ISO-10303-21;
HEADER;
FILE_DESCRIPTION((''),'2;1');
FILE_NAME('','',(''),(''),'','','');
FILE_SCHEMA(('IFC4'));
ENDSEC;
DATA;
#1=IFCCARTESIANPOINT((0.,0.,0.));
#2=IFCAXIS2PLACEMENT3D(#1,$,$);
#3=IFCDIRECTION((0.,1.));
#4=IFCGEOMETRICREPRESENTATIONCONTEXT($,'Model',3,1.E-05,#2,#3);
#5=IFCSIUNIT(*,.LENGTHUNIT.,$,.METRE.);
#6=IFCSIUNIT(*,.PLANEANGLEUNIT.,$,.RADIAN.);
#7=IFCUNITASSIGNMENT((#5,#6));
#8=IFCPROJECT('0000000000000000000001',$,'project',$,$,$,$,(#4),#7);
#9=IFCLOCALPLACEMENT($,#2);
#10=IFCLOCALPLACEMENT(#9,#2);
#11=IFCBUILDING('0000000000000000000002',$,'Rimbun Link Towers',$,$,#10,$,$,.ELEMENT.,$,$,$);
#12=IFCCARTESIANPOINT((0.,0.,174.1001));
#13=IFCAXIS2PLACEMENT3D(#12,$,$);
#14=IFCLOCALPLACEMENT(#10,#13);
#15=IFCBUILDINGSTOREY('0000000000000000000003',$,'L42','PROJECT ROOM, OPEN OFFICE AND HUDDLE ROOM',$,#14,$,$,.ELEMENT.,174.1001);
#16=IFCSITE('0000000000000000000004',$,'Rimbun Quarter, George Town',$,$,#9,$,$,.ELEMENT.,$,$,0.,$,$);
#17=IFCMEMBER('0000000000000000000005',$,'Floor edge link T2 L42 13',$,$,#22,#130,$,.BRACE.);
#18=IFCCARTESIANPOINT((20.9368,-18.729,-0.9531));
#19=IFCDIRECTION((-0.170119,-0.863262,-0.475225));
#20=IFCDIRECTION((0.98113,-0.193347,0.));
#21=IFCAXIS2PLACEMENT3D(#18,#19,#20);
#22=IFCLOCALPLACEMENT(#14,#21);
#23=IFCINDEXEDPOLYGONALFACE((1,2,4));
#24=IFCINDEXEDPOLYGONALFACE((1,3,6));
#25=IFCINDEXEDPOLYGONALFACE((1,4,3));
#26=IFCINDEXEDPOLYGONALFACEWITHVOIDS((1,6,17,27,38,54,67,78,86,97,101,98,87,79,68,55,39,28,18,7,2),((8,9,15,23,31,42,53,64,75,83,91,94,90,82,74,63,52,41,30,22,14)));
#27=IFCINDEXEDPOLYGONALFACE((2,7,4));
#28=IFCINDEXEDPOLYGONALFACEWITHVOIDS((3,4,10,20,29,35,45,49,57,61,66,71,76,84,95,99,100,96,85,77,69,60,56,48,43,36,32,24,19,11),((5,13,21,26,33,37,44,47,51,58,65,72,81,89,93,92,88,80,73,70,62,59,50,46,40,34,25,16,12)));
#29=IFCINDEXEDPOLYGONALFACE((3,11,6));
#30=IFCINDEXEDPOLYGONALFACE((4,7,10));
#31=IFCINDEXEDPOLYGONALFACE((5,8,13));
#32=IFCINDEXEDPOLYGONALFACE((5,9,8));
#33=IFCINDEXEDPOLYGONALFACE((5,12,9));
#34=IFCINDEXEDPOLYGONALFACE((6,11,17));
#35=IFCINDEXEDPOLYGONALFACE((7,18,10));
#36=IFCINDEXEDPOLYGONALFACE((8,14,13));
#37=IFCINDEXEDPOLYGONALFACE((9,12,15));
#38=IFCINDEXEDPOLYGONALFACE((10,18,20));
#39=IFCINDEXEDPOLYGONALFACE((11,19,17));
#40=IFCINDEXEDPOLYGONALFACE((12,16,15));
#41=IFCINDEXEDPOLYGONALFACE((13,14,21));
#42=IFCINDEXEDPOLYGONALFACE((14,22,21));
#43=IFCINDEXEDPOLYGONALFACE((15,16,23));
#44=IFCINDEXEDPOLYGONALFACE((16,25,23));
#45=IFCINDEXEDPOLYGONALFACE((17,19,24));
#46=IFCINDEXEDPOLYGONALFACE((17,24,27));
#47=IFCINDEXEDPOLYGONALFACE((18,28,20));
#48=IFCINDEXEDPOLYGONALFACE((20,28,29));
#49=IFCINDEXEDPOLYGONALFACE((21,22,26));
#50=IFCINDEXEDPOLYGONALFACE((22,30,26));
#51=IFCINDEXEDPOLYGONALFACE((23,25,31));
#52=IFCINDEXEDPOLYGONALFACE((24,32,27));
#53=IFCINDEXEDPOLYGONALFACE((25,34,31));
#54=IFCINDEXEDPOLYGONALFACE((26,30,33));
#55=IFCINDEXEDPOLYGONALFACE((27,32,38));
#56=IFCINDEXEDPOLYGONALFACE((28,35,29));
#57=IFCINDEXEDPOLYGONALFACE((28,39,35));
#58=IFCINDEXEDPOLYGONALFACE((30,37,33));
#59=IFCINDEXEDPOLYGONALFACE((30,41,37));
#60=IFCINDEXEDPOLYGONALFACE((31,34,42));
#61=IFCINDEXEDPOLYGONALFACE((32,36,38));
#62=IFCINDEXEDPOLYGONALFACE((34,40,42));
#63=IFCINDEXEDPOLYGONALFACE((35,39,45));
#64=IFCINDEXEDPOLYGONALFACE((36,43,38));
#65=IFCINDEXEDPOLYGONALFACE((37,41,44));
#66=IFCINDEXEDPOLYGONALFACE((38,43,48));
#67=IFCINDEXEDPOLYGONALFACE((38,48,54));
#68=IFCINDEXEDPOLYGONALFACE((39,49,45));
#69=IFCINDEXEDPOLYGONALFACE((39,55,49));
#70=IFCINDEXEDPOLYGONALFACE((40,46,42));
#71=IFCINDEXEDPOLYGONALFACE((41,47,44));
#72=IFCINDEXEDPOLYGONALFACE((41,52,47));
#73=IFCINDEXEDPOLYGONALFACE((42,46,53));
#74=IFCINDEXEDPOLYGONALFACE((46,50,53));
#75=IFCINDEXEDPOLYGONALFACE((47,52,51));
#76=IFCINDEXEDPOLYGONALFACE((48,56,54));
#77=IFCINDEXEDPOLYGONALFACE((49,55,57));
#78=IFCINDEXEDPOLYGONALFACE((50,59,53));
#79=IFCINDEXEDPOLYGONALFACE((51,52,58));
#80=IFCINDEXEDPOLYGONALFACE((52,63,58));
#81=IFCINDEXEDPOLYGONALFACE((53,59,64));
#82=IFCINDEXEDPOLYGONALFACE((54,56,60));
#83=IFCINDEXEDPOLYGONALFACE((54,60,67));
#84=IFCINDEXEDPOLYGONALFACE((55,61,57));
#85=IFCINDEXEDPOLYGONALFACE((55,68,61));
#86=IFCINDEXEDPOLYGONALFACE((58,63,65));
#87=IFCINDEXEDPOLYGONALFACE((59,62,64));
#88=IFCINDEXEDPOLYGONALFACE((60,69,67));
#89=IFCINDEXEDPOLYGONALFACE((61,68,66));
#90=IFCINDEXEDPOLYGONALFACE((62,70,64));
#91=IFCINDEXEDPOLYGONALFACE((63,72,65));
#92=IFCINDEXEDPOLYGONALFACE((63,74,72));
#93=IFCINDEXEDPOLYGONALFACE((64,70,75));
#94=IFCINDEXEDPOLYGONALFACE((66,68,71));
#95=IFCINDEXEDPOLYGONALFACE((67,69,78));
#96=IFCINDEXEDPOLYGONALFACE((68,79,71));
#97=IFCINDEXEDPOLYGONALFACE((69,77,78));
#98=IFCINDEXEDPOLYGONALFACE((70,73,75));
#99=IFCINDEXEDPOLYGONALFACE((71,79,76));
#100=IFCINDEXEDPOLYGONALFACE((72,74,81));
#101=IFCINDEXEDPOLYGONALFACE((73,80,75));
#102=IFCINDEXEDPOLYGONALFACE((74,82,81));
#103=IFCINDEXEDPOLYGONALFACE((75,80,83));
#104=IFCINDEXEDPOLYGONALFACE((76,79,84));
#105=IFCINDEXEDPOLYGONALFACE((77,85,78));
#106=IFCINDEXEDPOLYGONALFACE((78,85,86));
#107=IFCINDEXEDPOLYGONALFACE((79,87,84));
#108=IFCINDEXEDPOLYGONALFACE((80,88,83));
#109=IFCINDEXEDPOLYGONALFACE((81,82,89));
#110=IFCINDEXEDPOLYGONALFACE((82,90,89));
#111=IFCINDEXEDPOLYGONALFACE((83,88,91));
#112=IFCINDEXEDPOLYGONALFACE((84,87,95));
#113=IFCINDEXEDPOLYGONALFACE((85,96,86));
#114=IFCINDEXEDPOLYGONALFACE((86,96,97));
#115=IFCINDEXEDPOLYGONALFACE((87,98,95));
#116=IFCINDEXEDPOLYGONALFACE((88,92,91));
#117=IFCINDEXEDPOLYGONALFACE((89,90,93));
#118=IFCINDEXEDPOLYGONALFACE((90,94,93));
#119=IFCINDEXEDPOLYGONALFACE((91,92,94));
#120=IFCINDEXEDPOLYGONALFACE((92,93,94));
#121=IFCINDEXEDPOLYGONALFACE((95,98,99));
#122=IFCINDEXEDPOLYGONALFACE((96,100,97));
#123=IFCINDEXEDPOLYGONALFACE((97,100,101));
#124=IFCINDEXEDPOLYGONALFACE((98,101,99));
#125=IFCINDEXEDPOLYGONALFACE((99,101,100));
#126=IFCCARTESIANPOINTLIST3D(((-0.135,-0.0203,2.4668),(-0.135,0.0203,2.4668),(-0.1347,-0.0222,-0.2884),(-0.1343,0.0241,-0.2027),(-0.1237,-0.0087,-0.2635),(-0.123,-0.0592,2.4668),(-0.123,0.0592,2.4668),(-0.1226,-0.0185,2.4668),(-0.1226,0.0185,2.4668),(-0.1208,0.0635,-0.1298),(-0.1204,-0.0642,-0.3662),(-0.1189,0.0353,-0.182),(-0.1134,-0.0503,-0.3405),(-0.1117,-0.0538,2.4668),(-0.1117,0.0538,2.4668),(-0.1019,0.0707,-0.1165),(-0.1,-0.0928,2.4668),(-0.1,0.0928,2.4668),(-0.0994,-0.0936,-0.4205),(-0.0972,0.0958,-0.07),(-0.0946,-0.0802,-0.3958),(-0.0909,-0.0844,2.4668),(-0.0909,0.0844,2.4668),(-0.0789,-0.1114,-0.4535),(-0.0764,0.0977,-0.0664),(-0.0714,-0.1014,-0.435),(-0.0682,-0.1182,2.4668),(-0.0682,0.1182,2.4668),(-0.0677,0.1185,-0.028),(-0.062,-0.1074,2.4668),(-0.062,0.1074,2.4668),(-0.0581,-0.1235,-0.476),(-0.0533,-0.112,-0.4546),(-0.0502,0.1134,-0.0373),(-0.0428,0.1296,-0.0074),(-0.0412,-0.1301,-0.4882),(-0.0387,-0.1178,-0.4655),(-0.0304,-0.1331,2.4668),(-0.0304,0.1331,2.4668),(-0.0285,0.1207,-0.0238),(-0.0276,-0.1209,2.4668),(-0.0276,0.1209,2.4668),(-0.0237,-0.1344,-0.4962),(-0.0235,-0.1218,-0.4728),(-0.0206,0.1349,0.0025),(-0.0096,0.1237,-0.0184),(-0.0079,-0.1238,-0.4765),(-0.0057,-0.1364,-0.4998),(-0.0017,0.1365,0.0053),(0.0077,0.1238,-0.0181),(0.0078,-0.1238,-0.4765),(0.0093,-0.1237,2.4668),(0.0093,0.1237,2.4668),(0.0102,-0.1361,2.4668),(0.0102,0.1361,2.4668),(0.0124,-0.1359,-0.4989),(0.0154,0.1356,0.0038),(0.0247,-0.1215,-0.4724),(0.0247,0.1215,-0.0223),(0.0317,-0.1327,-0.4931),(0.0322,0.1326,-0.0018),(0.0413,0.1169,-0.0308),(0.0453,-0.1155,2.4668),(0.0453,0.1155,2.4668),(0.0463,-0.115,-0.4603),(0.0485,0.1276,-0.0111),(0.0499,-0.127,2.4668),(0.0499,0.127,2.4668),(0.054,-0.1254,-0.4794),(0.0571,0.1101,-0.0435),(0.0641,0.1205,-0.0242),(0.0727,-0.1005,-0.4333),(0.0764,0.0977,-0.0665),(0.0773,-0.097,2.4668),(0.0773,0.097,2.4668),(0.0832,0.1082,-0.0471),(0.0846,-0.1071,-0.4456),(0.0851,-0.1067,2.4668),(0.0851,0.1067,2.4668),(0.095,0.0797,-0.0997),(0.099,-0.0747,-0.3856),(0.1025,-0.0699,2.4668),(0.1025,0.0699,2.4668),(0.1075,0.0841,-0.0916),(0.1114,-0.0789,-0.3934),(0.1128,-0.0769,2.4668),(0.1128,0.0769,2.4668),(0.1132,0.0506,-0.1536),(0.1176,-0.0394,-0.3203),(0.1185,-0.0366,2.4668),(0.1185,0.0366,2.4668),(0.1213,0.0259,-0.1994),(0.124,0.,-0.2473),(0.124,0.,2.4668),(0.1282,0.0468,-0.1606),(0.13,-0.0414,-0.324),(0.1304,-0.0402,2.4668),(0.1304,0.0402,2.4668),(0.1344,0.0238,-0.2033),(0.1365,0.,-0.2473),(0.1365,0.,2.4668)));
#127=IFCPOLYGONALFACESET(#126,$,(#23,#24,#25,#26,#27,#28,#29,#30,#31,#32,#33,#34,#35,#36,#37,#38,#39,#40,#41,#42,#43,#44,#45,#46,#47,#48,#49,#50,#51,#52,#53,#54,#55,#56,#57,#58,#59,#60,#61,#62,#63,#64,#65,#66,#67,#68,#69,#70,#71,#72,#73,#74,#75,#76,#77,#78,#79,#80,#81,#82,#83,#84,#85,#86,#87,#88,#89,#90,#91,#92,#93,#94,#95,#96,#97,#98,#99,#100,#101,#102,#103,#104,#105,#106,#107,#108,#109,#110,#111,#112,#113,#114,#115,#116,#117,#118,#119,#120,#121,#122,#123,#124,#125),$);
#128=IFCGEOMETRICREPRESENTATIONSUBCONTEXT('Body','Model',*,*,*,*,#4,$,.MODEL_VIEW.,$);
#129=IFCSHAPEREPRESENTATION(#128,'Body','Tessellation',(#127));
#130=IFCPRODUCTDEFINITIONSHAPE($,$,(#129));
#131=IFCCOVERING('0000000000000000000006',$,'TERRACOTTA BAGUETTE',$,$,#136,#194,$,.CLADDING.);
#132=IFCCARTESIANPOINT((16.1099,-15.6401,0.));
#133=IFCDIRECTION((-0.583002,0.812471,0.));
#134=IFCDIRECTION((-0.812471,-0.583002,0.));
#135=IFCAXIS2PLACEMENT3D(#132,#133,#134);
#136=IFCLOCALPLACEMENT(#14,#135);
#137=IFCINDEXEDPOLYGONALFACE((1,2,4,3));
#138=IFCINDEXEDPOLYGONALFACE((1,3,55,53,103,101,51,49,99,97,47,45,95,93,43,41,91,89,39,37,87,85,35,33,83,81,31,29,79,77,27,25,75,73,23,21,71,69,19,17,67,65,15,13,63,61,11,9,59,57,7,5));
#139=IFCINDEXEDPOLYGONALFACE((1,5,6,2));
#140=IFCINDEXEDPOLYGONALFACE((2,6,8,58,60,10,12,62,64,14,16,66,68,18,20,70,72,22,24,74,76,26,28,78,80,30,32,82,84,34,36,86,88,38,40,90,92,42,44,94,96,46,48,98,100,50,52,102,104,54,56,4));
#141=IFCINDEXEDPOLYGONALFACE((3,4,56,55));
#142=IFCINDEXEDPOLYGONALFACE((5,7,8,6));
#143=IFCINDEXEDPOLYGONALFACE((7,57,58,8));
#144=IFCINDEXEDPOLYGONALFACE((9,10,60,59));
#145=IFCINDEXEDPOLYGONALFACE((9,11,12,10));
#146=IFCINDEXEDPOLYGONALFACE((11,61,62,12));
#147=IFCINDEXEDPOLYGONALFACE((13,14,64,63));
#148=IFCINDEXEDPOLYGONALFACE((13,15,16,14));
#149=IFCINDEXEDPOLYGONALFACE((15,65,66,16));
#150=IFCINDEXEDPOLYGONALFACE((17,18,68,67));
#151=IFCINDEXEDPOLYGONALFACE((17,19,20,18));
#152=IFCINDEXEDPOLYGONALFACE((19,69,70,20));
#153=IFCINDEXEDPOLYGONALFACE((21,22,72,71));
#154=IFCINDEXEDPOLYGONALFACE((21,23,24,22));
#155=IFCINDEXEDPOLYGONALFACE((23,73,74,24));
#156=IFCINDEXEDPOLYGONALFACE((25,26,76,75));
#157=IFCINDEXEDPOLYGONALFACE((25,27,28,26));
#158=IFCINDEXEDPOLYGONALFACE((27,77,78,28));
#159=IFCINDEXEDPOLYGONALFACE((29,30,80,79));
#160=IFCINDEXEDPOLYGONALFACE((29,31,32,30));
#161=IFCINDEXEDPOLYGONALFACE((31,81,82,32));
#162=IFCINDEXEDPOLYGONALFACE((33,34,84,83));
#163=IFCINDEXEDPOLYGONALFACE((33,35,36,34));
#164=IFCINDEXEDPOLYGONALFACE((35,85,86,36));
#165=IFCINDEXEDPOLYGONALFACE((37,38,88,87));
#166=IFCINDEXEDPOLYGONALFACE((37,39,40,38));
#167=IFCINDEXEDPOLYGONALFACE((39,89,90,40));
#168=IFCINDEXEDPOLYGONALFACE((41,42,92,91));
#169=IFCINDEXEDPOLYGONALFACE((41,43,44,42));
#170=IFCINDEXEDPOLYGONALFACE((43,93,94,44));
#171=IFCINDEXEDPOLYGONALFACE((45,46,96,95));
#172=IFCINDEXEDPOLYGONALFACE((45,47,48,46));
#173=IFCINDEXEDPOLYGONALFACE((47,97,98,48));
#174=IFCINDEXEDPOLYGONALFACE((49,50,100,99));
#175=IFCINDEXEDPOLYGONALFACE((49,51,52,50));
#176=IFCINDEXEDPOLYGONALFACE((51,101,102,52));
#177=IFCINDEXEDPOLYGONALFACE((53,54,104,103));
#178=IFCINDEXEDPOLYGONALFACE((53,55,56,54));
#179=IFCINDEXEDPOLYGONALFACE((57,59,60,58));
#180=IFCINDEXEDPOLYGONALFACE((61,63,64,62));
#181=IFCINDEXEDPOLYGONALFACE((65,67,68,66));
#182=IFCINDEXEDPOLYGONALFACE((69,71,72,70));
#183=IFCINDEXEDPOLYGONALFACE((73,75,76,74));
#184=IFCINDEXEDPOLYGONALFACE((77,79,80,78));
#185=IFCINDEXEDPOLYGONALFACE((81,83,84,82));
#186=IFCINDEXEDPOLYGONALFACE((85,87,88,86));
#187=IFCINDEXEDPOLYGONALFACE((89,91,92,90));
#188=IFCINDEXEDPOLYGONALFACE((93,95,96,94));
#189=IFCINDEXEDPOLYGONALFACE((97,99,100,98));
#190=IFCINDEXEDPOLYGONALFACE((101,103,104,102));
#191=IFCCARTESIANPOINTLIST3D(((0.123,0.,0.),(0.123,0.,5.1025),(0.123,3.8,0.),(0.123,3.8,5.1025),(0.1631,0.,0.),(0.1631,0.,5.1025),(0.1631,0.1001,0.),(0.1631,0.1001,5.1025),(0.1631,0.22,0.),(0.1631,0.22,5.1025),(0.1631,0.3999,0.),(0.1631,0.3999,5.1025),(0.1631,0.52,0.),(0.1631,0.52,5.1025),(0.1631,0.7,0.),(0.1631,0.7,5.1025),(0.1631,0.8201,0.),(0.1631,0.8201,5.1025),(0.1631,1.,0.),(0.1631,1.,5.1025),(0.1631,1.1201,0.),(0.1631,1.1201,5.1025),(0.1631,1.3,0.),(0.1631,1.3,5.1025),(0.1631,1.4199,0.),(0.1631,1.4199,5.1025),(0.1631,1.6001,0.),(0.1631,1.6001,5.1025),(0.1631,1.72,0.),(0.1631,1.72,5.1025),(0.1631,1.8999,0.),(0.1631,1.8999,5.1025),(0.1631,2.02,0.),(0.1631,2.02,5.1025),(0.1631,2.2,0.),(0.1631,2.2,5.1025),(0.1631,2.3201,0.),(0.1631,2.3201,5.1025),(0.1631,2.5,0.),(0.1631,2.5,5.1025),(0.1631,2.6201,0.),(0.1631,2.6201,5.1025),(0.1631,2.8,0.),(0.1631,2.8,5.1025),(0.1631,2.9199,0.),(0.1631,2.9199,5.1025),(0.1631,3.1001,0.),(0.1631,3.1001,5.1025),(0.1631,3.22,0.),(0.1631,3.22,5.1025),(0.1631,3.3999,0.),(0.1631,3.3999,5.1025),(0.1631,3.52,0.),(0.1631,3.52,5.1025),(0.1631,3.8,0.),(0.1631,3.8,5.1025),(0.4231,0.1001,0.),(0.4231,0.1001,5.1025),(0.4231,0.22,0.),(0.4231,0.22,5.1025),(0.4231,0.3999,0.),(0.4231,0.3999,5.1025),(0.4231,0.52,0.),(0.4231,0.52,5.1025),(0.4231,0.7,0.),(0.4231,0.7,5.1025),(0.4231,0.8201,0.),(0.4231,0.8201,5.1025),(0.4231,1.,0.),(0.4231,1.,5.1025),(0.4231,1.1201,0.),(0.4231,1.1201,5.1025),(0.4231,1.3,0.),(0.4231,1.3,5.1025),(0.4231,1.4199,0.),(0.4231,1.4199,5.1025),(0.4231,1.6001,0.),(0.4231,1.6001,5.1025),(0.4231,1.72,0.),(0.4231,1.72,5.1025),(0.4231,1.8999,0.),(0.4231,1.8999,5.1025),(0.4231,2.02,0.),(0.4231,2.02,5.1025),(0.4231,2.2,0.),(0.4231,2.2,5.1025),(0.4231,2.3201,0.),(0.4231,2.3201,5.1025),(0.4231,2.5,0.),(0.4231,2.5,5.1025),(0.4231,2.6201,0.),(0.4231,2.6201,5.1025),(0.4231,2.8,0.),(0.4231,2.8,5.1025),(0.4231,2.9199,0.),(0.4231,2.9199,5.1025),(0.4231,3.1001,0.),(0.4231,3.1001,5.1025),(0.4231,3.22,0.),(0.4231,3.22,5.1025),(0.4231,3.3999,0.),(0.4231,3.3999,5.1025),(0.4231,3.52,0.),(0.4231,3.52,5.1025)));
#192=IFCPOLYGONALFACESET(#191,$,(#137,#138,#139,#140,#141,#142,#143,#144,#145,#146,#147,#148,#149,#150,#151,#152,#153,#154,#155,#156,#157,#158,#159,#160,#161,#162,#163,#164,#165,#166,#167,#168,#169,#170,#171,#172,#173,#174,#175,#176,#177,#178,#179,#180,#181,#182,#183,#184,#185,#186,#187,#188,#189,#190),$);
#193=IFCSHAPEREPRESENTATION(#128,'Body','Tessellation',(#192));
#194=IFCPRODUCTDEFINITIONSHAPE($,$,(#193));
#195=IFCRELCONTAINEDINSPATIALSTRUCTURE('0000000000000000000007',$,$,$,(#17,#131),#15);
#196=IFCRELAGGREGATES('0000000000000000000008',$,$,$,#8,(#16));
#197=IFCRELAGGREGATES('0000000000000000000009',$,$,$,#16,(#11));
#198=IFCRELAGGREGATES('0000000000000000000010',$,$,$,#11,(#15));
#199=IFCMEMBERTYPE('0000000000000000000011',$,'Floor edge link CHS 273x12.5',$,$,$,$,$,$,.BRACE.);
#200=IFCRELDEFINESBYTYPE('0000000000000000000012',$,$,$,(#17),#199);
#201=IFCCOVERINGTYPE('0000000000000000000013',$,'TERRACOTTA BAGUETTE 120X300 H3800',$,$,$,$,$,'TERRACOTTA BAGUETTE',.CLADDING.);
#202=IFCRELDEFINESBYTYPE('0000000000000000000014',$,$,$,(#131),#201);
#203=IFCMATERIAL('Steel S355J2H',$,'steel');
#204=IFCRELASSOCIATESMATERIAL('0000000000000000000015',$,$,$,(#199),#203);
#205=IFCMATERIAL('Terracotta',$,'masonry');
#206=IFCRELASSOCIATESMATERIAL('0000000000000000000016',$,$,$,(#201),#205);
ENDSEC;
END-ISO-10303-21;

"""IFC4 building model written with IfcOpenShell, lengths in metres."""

from ifc_helpers import new_model, si_unit, direction, frame, origin, origin_2d, place, context, subcontext, project, spatial, polyline, hollow_circle, outline, extrude, clip, halfspace, material, material_profile, profile_set, type_object, element, save


model = new_model("IFC4")

# Units and contexts
model_context = context("Model", 3, precision=1e-05, world=origin(), true_north=direction((0.0, 1.0)))
body_context = subcontext(model_context, "Body", "Model", "MODEL_VIEW")
ifc_project = project(units=[si_unit("LENGTHUNIT", "METRE"), si_unit("PLANEANGLEUNIT", "RADIAN")], contexts=[model_context])

# Site, building, storey
site_placement = place(None, origin())
site = spatial("IfcSite", under=ifc_project, at=site_placement, Name="Rimbun Quarter, George Town", CompositionType="ELEMENT", RefElevation=0.0)
building_placement = place(site_placement, origin())
building = spatial("IfcBuilding", under=site, at=building_placement, Name="Rimbun Link Towers", CompositionType="ELEMENT")
storey_placement = place(building_placement, frame((0.0, 0.0, 174.1001)))
storey = spatial("IfcBuildingStorey", under=building, at=storey_placement, Name="L42", Description="PROJECT ROOM, OPEN OFFICE AND HUDDLE ROOM", CompositionType="ELEMENT", Elevation=174.1001)

# Member
ifc_material_1 = material(Name="Steel S355J2H", Category="steel")
ifc_material_profile_1 = material_profile(ifc_material_1, hollow_circle(Radius=0.1365, WallThickness=0.0125, at=origin_2d()), Name="CHS 273x12.5")
ifc_profile_set_1 = profile_set([ifc_material_profile_1], Name="Steel S355J2H")
member_type_1 = type_object("IfcMemberType", Name="Floor edge link CHS 273x12.5", PredefinedType="BRACE", material=ifc_profile_set_1)
member_1_placement = place(storey_placement, frame((20.9368, -18.729, -0.9531), z_axis=(-0.170119, -0.863262, -0.475225), x_axis=(0.98113, -0.193347, 0.0)))
element("IfcMember", 1, at=member_1_placement, inside=storey, type_object=member_type_1, Name="Floor edge link T2 L42 13", PredefinedType="BRACE", context=body_context, shape_type="Clipping", body=[
    clip(extrude(hollow_circle(Radius=0.1365, WallThickness=0.0125, at=origin_2d()), frame((0.0, 0.0, -0.5266)), (0.0, 0.0, 1.0), 2.9934), halfspace(frame((0.0, 0.0, -0.2473), z_axis=(0.0, 0.879865, -0.475225)), False)),
])

# Covering
ifc_material_2 = material(Name="Terracotta", Category="masonry")
ifc_material_profile_2 = material_profile(ifc_material_2, outline(polyline([(0.123, 0.0), (0.1631, 0.0), (0.1631, 0.1001), (0.4231, 0.1001), (0.4231, 0.22), (0.1631, 0.22), (0.1631, 0.3999), (0.4231, 0.3999), (0.4231, 0.52), (0.1631, 0.52), (0.1631, 0.7), (0.4231, 0.7), (0.4231, 0.8201), (0.1631, 0.8201), (0.1631, 1.0), (0.4231, 1.0), (0.4231, 1.1201), (0.1631, 1.1201), (0.1631, 1.3), (0.4231, 1.3), (0.4231, 1.4199), (0.1631, 1.4199), (0.1631, 1.6001), (0.4231, 1.6001), (0.4231, 1.72), (0.1631, 1.72), (0.1631, 1.8999), (0.4231, 1.8999), (0.4231, 2.02), (0.1631, 2.02), (0.1631, 2.2), (0.4231, 2.2), (0.4231, 2.3201), (0.1631, 2.3201), (0.1631, 2.5), (0.4231, 2.5), (0.4231, 2.6201), (0.1631, 2.6201), (0.1631, 2.8), (0.4231, 2.8), (0.4231, 2.9199), (0.1631, 2.9199), (0.1631, 3.1001), (0.4231, 3.1001), (0.4231, 3.22), (0.1631, 3.22), (0.1631, 3.3999), (0.4231, 3.3999), (0.4231, 3.52), (0.1631, 3.52), (0.1631, 3.8), (0.123, 3.8), (0.123, 0.0)])), Name="BAGUETTE 120X300")
ifc_profile_set_2 = profile_set([ifc_material_profile_2], Name="Terracotta")
covering_type = type_object("IfcCoveringType", Name="TERRACOTTA BAGUETTE 120X300 H3800", ElementType="TERRACOTTA BAGUETTE", PredefinedType="CLADDING", material=ifc_profile_set_2)
for number, where, z_axis, x_axis, name in (
    (2, (16.1099, -15.6401, 0.0), (-0.583002, 0.812471, 0.0), (-0.812471, -0.583002, 0.0), "TERRACOTTA BAGUETTE"),
):
    element("IfcCovering", number, at=place(storey_placement, frame(where, z_axis=z_axis, x_axis=x_axis)), inside=storey, type_object=covering_type, Name=name, PredefinedType="CLADDING", context=body_context, shape_type="SweptSolid", body=[
        extrude(outline(polyline([(0.123, 0.0), (0.1631, 0.0), (0.1631, 0.1001), (0.4231, 0.1001), (0.4231, 0.22), (0.1631, 0.22), (0.1631, 0.3999), (0.4231, 0.3999), (0.4231, 0.52), (0.1631, 0.52), (0.1631, 0.7), (0.4231, 0.7), (0.4231, 0.8201), (0.1631, 0.8201), (0.1631, 1.0), (0.4231, 1.0), (0.4231, 1.1201), (0.1631, 1.1201), (0.1631, 1.3), (0.4231, 1.3), (0.4231, 1.4199), (0.1631, 1.4199), (0.1631, 1.6001), (0.4231, 1.6001), (0.4231, 1.72), (0.1631, 1.72), (0.1631, 1.8999), (0.4231, 1.8999), (0.4231, 2.02), (0.1631, 2.02), (0.1631, 2.2), (0.4231, 2.2), (0.4231, 2.3201), (0.1631, 2.3201), (0.1631, 2.5), (0.4231, 2.5), (0.4231, 2.6201), (0.1631, 2.6201), (0.1631, 2.8), (0.4231, 2.8), (0.4231, 2.9199), (0.1631, 2.9199), (0.1631, 3.1001), (0.4231, 3.1001), (0.4231, 3.22), (0.1631, 3.22), (0.1631, 3.3999), (0.4231, 3.3999), (0.4231, 3.52), (0.1631, 3.52), (0.1631, 3.8), (0.123, 3.8), (0.123, 0.0)])), origin(), (0.0, 0.0, 1.0), 5.1025),
    ])

save(model, "model.ifc")
